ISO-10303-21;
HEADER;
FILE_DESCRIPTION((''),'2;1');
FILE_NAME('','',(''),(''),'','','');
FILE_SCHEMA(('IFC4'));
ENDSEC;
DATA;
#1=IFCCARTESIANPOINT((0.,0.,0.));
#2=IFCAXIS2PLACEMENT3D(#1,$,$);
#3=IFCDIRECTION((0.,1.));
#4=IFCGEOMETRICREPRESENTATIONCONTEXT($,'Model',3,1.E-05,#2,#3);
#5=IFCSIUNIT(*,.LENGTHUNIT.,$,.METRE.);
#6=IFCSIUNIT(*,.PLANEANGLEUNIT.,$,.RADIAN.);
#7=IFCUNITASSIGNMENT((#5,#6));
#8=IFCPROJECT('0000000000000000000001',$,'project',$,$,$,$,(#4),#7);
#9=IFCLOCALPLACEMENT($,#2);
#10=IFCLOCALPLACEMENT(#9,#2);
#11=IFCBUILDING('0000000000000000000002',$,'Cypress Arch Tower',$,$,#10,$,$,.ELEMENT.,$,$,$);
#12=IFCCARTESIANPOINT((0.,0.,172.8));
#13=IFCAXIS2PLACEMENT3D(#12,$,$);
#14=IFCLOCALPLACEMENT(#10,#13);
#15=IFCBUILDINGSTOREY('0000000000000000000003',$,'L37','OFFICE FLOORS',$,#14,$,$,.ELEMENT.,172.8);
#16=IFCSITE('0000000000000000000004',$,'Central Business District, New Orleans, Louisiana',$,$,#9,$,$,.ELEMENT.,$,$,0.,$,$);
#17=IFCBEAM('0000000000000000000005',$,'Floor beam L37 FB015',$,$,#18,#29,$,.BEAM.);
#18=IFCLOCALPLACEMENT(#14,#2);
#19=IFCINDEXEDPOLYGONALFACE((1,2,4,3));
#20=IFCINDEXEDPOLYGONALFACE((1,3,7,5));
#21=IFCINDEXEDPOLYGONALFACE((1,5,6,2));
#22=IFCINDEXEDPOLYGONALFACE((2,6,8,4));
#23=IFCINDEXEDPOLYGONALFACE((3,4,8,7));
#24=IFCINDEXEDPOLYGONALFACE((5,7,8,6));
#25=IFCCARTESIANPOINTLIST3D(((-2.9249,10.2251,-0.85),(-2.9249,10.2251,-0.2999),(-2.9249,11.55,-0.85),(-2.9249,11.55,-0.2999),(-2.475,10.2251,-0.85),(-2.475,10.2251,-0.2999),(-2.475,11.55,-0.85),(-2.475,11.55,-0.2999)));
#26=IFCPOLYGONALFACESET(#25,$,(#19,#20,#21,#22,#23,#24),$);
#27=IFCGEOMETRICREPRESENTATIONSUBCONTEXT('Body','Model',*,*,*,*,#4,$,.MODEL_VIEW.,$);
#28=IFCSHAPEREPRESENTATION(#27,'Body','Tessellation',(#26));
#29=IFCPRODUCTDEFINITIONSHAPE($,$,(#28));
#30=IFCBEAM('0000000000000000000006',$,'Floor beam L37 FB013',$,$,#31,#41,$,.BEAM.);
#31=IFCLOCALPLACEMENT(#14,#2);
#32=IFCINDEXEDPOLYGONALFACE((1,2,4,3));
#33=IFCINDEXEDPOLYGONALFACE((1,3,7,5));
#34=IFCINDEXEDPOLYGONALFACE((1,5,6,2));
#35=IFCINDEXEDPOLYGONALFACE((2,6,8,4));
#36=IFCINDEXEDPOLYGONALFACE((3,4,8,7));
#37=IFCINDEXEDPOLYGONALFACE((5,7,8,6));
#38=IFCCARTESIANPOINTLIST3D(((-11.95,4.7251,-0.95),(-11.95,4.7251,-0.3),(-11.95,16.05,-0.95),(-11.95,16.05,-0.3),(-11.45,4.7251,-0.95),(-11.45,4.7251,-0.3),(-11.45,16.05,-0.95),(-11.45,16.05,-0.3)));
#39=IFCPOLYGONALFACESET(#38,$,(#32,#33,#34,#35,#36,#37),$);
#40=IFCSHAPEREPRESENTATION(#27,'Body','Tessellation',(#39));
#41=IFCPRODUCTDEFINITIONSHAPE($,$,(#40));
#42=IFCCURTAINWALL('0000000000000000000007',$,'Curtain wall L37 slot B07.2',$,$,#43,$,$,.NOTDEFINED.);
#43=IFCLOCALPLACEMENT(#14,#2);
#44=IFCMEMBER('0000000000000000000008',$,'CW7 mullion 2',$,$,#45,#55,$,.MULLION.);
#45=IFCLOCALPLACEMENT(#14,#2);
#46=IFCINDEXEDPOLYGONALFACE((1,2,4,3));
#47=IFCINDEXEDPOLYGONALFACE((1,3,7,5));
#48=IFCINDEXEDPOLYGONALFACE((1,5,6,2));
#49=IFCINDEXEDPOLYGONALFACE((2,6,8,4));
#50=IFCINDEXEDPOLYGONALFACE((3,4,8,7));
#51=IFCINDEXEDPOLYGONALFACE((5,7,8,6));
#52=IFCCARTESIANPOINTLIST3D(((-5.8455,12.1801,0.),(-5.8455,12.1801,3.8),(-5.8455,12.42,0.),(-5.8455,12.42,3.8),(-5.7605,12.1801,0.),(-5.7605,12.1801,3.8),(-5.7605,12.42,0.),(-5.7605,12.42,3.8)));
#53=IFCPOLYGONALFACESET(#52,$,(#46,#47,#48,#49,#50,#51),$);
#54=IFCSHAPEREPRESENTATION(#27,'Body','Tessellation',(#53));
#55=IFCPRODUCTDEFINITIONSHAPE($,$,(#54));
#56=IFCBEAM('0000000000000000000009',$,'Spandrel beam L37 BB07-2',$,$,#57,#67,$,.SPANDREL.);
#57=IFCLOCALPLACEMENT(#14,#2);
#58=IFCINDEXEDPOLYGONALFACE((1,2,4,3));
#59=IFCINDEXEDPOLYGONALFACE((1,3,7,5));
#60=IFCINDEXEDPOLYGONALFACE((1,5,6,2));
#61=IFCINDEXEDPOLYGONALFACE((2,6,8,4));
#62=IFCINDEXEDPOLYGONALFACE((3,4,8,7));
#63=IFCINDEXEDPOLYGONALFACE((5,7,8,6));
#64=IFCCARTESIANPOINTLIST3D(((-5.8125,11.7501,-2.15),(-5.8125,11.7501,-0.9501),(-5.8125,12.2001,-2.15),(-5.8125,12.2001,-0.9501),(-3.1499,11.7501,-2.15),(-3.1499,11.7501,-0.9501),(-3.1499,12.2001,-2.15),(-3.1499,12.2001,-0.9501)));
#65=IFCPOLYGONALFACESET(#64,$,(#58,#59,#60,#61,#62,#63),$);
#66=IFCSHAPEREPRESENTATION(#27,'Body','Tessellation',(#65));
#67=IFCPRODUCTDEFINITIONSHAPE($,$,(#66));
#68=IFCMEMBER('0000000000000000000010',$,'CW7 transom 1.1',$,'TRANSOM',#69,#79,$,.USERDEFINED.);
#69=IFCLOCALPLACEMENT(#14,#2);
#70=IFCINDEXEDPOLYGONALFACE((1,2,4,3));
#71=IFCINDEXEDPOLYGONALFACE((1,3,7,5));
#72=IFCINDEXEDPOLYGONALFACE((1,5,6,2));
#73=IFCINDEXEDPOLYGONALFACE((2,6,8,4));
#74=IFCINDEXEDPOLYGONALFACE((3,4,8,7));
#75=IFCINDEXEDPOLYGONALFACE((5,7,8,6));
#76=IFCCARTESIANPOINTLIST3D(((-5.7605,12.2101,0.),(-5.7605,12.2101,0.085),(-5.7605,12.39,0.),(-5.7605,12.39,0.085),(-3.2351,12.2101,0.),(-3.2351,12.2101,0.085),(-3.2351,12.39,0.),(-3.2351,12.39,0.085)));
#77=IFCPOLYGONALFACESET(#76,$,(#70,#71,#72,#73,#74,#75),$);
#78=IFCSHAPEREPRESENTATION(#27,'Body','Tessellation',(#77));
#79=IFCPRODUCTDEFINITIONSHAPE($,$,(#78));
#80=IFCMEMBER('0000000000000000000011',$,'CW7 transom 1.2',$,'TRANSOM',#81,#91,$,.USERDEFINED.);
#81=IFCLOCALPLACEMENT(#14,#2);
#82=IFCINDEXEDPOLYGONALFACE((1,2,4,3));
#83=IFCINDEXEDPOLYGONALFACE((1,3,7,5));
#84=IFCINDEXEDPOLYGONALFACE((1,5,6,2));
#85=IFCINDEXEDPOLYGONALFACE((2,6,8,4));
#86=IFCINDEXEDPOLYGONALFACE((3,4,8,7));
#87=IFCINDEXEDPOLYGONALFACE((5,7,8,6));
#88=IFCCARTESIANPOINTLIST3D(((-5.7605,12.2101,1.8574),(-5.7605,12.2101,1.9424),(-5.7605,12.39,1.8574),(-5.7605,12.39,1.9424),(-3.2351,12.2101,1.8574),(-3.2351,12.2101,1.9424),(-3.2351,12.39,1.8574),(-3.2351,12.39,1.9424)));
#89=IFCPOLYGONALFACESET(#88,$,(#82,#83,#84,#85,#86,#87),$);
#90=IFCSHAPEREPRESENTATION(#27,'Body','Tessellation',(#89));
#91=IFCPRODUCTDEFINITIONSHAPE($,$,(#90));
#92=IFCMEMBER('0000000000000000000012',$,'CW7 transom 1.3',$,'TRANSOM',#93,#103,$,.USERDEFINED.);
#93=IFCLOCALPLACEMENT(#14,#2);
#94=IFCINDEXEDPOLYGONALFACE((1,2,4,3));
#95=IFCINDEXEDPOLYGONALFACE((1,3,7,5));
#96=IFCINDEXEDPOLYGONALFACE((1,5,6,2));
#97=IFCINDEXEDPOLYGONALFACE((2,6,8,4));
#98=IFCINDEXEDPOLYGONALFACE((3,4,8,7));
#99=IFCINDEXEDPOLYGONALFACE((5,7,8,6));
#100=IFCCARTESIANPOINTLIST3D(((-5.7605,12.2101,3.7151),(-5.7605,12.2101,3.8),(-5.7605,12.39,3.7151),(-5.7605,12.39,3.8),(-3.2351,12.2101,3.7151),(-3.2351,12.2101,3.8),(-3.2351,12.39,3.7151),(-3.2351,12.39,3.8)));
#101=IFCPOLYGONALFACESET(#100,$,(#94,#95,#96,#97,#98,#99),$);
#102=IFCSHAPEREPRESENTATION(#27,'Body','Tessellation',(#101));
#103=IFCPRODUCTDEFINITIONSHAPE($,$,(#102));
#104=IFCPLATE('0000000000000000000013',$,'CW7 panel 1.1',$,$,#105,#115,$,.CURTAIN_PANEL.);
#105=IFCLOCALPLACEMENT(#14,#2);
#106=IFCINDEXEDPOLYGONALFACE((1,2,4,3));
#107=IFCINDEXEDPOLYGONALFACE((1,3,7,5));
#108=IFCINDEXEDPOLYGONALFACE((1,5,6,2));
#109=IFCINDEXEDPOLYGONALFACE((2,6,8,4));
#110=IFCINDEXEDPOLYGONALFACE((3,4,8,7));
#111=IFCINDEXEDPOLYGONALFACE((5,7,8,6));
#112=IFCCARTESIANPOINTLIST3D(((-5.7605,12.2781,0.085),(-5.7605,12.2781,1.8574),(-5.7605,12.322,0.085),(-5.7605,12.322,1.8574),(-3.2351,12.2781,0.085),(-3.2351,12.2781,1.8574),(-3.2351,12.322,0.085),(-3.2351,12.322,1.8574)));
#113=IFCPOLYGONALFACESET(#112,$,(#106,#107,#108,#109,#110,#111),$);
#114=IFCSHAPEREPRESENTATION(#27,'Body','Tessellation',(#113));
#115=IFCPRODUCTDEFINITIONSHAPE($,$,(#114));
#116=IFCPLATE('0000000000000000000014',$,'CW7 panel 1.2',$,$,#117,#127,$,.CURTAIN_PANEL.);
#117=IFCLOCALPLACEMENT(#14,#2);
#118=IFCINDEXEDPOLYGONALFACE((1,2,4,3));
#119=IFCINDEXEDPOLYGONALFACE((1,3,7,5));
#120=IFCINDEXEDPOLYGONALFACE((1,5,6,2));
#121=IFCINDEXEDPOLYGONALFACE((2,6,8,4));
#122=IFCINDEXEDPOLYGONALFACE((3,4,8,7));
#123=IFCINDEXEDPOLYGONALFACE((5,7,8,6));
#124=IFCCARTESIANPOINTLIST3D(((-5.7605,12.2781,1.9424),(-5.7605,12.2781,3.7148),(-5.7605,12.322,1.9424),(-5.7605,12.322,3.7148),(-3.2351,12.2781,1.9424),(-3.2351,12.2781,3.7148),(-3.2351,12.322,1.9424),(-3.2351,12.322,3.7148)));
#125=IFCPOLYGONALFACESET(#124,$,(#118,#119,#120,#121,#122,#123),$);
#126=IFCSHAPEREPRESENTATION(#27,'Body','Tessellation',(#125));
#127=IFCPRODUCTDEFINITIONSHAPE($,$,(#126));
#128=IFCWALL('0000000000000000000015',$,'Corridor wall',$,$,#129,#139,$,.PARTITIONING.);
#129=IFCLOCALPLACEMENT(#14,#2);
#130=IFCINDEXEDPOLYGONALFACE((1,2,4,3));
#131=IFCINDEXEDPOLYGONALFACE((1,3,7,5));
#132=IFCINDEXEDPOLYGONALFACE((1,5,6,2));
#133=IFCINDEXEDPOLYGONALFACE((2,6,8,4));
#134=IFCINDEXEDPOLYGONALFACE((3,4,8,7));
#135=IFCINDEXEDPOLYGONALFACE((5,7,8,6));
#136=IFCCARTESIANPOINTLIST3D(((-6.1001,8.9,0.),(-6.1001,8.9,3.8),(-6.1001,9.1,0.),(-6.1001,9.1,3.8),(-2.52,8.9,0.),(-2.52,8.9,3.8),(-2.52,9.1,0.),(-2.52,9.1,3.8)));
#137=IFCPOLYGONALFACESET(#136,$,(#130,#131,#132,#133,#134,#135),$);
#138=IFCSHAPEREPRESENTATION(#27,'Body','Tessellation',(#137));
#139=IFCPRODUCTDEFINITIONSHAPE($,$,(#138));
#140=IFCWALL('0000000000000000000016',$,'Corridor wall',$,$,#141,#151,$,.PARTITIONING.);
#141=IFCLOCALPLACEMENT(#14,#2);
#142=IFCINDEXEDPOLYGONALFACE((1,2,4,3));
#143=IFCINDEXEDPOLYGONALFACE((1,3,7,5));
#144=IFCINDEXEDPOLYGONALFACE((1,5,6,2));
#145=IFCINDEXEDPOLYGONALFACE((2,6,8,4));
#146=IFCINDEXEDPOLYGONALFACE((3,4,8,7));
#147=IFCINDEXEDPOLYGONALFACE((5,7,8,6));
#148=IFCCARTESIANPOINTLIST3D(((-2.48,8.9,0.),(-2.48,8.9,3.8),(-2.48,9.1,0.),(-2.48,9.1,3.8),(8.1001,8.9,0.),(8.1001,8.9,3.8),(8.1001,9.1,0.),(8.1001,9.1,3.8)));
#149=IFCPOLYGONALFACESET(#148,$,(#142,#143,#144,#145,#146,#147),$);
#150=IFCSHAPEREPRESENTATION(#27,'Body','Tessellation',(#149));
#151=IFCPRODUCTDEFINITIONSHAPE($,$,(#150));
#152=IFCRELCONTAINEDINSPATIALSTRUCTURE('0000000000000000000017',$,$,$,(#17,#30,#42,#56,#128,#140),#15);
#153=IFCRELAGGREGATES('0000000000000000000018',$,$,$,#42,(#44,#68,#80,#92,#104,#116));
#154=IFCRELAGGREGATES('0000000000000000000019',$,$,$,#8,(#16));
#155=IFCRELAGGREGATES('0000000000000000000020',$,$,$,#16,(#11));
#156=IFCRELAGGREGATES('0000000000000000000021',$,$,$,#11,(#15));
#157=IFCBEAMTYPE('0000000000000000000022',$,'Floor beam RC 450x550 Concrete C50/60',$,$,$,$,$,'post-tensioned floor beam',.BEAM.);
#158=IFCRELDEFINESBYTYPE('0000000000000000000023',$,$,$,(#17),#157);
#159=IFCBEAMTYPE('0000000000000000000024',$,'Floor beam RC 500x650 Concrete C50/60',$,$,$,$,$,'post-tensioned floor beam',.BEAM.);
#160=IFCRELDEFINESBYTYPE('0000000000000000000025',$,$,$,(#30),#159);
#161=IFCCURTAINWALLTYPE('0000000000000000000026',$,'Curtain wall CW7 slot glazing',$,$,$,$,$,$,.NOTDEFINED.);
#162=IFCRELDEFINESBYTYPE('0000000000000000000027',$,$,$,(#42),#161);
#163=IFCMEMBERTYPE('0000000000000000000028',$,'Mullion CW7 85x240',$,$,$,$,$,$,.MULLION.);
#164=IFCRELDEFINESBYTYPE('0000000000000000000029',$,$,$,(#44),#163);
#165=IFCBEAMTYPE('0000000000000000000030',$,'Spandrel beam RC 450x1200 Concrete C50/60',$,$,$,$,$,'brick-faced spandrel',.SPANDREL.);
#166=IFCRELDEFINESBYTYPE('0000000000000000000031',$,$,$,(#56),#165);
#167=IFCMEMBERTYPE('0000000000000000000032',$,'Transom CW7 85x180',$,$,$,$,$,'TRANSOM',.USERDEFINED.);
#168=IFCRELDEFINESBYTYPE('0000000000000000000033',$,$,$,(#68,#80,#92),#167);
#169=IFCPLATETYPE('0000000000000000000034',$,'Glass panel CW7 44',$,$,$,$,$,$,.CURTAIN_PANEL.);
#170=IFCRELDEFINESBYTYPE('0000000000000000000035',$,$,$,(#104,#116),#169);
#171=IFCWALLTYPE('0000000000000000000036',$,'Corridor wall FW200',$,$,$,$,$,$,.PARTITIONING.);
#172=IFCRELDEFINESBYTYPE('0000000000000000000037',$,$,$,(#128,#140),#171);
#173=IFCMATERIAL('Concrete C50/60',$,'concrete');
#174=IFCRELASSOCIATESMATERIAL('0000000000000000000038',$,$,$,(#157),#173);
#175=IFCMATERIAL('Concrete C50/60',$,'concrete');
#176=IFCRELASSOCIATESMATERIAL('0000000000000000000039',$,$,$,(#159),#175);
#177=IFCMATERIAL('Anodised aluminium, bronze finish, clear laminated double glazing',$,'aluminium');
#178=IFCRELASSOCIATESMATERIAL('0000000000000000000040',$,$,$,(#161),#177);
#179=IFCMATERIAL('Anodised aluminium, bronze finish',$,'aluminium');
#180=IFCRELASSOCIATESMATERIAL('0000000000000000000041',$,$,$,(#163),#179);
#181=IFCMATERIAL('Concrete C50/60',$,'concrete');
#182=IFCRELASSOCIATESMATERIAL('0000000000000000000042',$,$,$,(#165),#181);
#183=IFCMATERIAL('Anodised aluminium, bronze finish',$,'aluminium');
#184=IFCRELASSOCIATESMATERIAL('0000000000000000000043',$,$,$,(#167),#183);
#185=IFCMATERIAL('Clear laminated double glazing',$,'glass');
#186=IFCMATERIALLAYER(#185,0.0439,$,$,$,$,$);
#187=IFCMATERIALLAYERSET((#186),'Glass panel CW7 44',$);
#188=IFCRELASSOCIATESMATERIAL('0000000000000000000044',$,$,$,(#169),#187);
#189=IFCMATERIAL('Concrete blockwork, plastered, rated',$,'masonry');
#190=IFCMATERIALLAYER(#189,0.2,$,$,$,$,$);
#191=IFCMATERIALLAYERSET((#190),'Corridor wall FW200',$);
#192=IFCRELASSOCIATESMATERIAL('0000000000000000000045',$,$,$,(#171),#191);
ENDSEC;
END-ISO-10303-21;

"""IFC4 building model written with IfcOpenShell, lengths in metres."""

from ifc_helpers import new_model, si_unit, direction, frame, frame_2d, origin, origin_2d, place, context, subcontext, project, spatial, rectangle, extrude, material, layer, layer_set, material_profile, profile_set, type_object, element, aggregate, save


model = new_model("IFC4")

# Units and contexts
model_context = context("Model", 3, precision=1e-05, world=origin(), true_north=direction((0.0, 1.0)))
body_context = subcontext(model_context, "Body", "Model", "MODEL_VIEW")
ifc_project = project(units=[si_unit("LENGTHUNIT", "METRE"), si_unit("PLANEANGLEUNIT", "RADIAN")], contexts=[model_context])

# Site, building, storey
site_placement = place(None, origin())
site = spatial("IfcSite", under=ifc_project, at=site_placement, Name="Central Business District, New Orleans, Louisiana", CompositionType="ELEMENT", RefElevation=0.0)
building_placement = place(site_placement, origin())
building = spatial("IfcBuilding", under=site, at=building_placement, Name="Cypress Arch Tower", CompositionType="ELEMENT")
storey_placement = place(building_placement, frame((0.0, 0.0, 172.8)))
storey = spatial("IfcBuildingStorey", under=building, at=storey_placement, Name="L37", Description="OFFICE FLOORS", CompositionType="ELEMENT", Elevation=172.8)

# Beams
ifc_material_1 = material(Name="Concrete C50/60", Category="concrete")
ifc_material_profile_1 = material_profile(ifc_material_1, rectangle(XDim=0.45, YDim=0.55, at=origin_2d()), Name="RC 450x550")
ifc_profile_set_1 = profile_set([ifc_material_profile_1], Name="Concrete C50/60")
beam_type_1 = type_object("IfcBeamType", Name="Floor beam RC 450x550 Concrete C50/60", ElementType="post-tensioned floor beam", PredefinedType="BEAM", material=ifc_profile_set_1)
beam_1_placement = place(storey_placement, frame((-2.7, 10.2251, -0.575), z_axis=(0.0, 1.0, 0.0), x_axis=(-1.0, 0.0, 0.0)))
element("IfcBeam", 1, at=beam_1_placement, inside=storey, type_object=beam_type_1, Name="Floor beam L37 FB015", PredefinedType="BEAM", context=body_context, shape_type="SweptSolid", body=[
    extrude(rectangle(XDim=0.45, YDim=0.55, at=origin_2d()), origin(), (0.0, 0.0, 1.0), 1.325),
])
ifc_material_2 = material(Name="Concrete C50/60", Category="concrete")
ifc_material_profile_2 = material_profile(ifc_material_2, rectangle(XDim=0.5, YDim=0.6499, at=origin_2d()), Name="RC 500x650")
ifc_profile_set_2 = profile_set([ifc_material_profile_2], Name="Concrete C50/60")
beam_type_2 = type_object("IfcBeamType", Name="Floor beam RC 500x650 Concrete C50/60", ElementType="post-tensioned floor beam", PredefinedType="BEAM", material=ifc_profile_set_2)
beam_2_placement = place(storey_placement, frame((-11.7, 4.7251, -0.625), z_axis=(0.0, 1.0, 0.0), x_axis=(-1.0, 0.0, 0.0)))
element("IfcBeam", 2, at=beam_2_placement, inside=storey, type_object=beam_type_2, Name="Floor beam L37 FB013", PredefinedType="BEAM", context=body_context, shape_type="SweptSolid", body=[
    extrude(rectangle(XDim=0.5, YDim=0.6499, at=origin_2d()), origin(), (0.0, 0.0, 1.0), 11.325),
])

# Curtain wall, member
ifc_material_3 = material(Name="Anodised aluminium, bronze finish, clear laminated double glazing", Category="aluminium")
curtain_wall_type = type_object("IfcCurtainWallType", Name="Curtain wall CW7 slot glazing", PredefinedType="NOTDEFINED", material=ifc_material_3)
curtain_wall_placement = place(storey_placement, origin())
curtain_wall = element("IfcCurtainWall", 3, at=curtain_wall_placement, inside=storey, type_object=curtain_wall_type, Name="Curtain wall L37 slot B07.2", PredefinedType="NOTDEFINED")
ifc_material_4 = material(Name="Anodised aluminium, bronze finish", Category="aluminium")
ifc_material_profile_3 = material_profile(ifc_material_4, rectangle(XDim=0.24, YDim=0.085, at=origin_2d()), Name="Mullion 85x240")
ifc_profile_set_3 = profile_set([ifc_material_profile_3], Name="Anodised aluminium, bronze finish")
member_type_1 = type_object("IfcMemberType", Name="Mullion CW7 85x240", PredefinedType="MULLION", material=ifc_profile_set_3)
member_1_placement = place(storey_placement, frame((-5.803, 12.3, 0.0), z_axis=(0.0, 0.0, 1.0), x_axis=(0.0, -1.0, 0.0)))
member_1 = element("IfcMember", 4, at=member_1_placement, type_object=member_type_1, Name="CW7 mullion 2", PredefinedType="MULLION", context=body_context, shape_type="SweptSolid", body=[
    extrude(rectangle(XDim=0.24, YDim=0.085, at=origin_2d()), origin(), (0.0, 0.0, 1.0), 3.8),
])

# Beam
ifc_material_5 = material(Name="Concrete C50/60", Category="concrete")
ifc_material_profile_4 = material_profile(ifc_material_5, rectangle(XDim=0.45, YDim=1.2, at=origin_2d()), Name="RC 450x1200")
ifc_profile_set_4 = profile_set([ifc_material_profile_4], Name="Concrete C50/60")
beam_type_3 = type_object("IfcBeamType", Name="Spandrel beam RC 450x1200 Concrete C50/60", ElementType="brick-faced spandrel", PredefinedType="SPANDREL", material=ifc_profile_set_4)
beam_3_placement = place(storey_placement, frame((-3.1499, 11.9751, -1.55), z_axis=(-1.0, 0.0, 0.0), x_axis=(0.0, -1.0, 0.0)))
element("IfcBeam", 5, at=beam_3_placement, inside=storey, type_object=beam_type_3, Name="Spandrel beam L37 BB07-2", PredefinedType="SPANDREL", context=body_context, shape_type="SweptSolid", body=[
    extrude(rectangle(XDim=0.45, YDim=1.2, at=origin_2d()), origin(), (0.0, 0.0, 1.0), 2.6626),
])

# Members
ifc_material_6 = material(Name="Anodised aluminium, bronze finish", Category="aluminium")
ifc_material_profile_5 = material_profile(ifc_material_6, rectangle(XDim=0.1799, YDim=0.085, at=origin_2d()), Name="Transom 85x180")
ifc_profile_set_5 = profile_set([ifc_material_profile_5], Name="Anodised aluminium, bronze finish")
member_type_2 = type_object("IfcMemberType", Name="Transom CW7 85x180", ElementType="TRANSOM", PredefinedType="USERDEFINED", material=ifc_profile_set_5)
member_2_placement = place(storey_placement, frame((-3.2351, 12.3, 0.0425), z_axis=(-1.0, 0.0, 0.0), x_axis=(0.0, -1.0, 0.0)))
member_2 = element("IfcMember", 6, at=member_2_placement, type_object=member_type_2, Name="CW7 transom 1.1", ObjectType="TRANSOM", PredefinedType="USERDEFINED", context=body_context, shape_type="SweptSolid", body=[
    extrude(rectangle(XDim=0.1799, YDim=0.085, at=origin_2d()), origin(), (0.0, 0.0, 1.0), 2.5254),
])
member_3_placement = place(storey_placement, frame((-3.2351, 12.3, 1.8999), z_axis=(-1.0, 0.0, 0.0), x_axis=(0.0, -1.0, 0.0)))
member_3 = element("IfcMember", 7, at=member_3_placement, type_object=member_type_2, Name="CW7 transom 1.2", ObjectType="TRANSOM", PredefinedType="USERDEFINED", context=body_context, shape_type="SweptSolid", body=[
    extrude(rectangle(XDim=0.1799, YDim=0.085, at=origin_2d()), origin(), (0.0, 0.0, 1.0), 2.5254),
])
member_4_placement = place(storey_placement, frame((-3.2351, 12.3, 3.7576), z_axis=(-1.0, 0.0, 0.0), x_axis=(0.0, -1.0, 0.0)))
member_4 = element("IfcMember", 8, at=member_4_placement, type_object=member_type_2, Name="CW7 transom 1.3", ObjectType="TRANSOM", PredefinedType="USERDEFINED", context=body_context, shape_type="SweptSolid", body=[
    extrude(rectangle(XDim=0.1799, YDim=0.085, at=origin_2d()), origin(), (0.0, 0.0, 1.0), 2.5254),
])

# Plates
ifc_material_7 = material(Name="Clear laminated double glazing", Category="glass")
ifc_layer_1 = layer(ifc_material_7, 0.0439)
ifc_layer_set_1 = layer_set([ifc_layer_1], Name="Glass panel CW7 44")
plate_type = type_object("IfcPlateType", Name="Glass panel CW7 44", PredefinedType="CURTAIN_PANEL", material=ifc_layer_set_1)
plate_1_placement = place(storey_placement, frame((-4.4978, 12.3, 0.085), z_axis=(0.0, 0.0, 1.0), x_axis=(-1.0, 0.0, 0.0)))
plate_1 = element("IfcPlate", 9, at=plate_1_placement, type_object=plate_type, Name="CW7 panel 1.1", PredefinedType="CURTAIN_PANEL", context=body_context, shape_type="SweptSolid", body=[
    extrude(rectangle(XDim=2.5254, YDim=0.0439, at=origin_2d()), origin(), (0.0, 0.0, 1.0), 1.7725),
])
plate_2_placement = place(storey_placement, frame((-4.4978, 12.3, 1.9424), z_axis=(0.0, 0.0, 1.0), x_axis=(-1.0, 0.0, 0.0)))
plate_2 = element("IfcPlate", 10, at=plate_2_placement, type_object=plate_type, Name="CW7 panel 1.2", PredefinedType="CURTAIN_PANEL", context=body_context, shape_type="SweptSolid", body=[
    extrude(rectangle(XDim=2.5254, YDim=0.0439, at=origin_2d()), origin(), (0.0, 0.0, 1.0), 1.7725),
])
aggregate(curtain_wall, [member_1, member_2, member_3, member_4, plate_1, plate_2])

# Shared definitions
ifc_material_8 = material(Name="Concrete blockwork, plastered, rated", Category="masonry")
ifc_layer_2 = layer(ifc_material_8, 0.2)
ifc_layer_set_2 = layer_set([ifc_layer_2], Name="Corridor wall FW200")
wall_type = type_object("IfcWallType", Name="Corridor wall FW200", PredefinedType="PARTITIONING", material=ifc_layer_set_2)

# Walls
wall_1_placement = place(storey_placement, frame((-6.1001, 9.0, 0.0), z_axis=(0.0, 0.0, 1.0), x_axis=(1.0, 0.0, 0.0)))
element("IfcWall", 11, at=wall_1_placement, inside=storey, type_object=wall_type, Name="Corridor wall", PredefinedType="PARTITIONING", context=body_context, shape_type="SweptSolid", body=[
    extrude(rectangle(XDim=3.5801, YDim=0.2, at=frame_2d((1.79, 0.0))), origin(), (0.0, 0.0, 1.0), 3.8),
])
wall_2_placement = place(storey_placement, frame((-2.48, 9.0, 0.0), z_axis=(0.0, 0.0, 1.0), x_axis=(1.0, 0.0, 0.0)))
element("IfcWall", 12, at=wall_2_placement, inside=storey, type_object=wall_type, Name="Corridor wall", PredefinedType="PARTITIONING", context=body_context, shape_type="SweptSolid", body=[
    extrude(rectangle(XDim=10.5801, YDim=0.2, at=frame_2d((5.29, 0.0))), origin(), (0.0, 0.0, 1.0), 3.8),
])

save(model, "model.ifc")
